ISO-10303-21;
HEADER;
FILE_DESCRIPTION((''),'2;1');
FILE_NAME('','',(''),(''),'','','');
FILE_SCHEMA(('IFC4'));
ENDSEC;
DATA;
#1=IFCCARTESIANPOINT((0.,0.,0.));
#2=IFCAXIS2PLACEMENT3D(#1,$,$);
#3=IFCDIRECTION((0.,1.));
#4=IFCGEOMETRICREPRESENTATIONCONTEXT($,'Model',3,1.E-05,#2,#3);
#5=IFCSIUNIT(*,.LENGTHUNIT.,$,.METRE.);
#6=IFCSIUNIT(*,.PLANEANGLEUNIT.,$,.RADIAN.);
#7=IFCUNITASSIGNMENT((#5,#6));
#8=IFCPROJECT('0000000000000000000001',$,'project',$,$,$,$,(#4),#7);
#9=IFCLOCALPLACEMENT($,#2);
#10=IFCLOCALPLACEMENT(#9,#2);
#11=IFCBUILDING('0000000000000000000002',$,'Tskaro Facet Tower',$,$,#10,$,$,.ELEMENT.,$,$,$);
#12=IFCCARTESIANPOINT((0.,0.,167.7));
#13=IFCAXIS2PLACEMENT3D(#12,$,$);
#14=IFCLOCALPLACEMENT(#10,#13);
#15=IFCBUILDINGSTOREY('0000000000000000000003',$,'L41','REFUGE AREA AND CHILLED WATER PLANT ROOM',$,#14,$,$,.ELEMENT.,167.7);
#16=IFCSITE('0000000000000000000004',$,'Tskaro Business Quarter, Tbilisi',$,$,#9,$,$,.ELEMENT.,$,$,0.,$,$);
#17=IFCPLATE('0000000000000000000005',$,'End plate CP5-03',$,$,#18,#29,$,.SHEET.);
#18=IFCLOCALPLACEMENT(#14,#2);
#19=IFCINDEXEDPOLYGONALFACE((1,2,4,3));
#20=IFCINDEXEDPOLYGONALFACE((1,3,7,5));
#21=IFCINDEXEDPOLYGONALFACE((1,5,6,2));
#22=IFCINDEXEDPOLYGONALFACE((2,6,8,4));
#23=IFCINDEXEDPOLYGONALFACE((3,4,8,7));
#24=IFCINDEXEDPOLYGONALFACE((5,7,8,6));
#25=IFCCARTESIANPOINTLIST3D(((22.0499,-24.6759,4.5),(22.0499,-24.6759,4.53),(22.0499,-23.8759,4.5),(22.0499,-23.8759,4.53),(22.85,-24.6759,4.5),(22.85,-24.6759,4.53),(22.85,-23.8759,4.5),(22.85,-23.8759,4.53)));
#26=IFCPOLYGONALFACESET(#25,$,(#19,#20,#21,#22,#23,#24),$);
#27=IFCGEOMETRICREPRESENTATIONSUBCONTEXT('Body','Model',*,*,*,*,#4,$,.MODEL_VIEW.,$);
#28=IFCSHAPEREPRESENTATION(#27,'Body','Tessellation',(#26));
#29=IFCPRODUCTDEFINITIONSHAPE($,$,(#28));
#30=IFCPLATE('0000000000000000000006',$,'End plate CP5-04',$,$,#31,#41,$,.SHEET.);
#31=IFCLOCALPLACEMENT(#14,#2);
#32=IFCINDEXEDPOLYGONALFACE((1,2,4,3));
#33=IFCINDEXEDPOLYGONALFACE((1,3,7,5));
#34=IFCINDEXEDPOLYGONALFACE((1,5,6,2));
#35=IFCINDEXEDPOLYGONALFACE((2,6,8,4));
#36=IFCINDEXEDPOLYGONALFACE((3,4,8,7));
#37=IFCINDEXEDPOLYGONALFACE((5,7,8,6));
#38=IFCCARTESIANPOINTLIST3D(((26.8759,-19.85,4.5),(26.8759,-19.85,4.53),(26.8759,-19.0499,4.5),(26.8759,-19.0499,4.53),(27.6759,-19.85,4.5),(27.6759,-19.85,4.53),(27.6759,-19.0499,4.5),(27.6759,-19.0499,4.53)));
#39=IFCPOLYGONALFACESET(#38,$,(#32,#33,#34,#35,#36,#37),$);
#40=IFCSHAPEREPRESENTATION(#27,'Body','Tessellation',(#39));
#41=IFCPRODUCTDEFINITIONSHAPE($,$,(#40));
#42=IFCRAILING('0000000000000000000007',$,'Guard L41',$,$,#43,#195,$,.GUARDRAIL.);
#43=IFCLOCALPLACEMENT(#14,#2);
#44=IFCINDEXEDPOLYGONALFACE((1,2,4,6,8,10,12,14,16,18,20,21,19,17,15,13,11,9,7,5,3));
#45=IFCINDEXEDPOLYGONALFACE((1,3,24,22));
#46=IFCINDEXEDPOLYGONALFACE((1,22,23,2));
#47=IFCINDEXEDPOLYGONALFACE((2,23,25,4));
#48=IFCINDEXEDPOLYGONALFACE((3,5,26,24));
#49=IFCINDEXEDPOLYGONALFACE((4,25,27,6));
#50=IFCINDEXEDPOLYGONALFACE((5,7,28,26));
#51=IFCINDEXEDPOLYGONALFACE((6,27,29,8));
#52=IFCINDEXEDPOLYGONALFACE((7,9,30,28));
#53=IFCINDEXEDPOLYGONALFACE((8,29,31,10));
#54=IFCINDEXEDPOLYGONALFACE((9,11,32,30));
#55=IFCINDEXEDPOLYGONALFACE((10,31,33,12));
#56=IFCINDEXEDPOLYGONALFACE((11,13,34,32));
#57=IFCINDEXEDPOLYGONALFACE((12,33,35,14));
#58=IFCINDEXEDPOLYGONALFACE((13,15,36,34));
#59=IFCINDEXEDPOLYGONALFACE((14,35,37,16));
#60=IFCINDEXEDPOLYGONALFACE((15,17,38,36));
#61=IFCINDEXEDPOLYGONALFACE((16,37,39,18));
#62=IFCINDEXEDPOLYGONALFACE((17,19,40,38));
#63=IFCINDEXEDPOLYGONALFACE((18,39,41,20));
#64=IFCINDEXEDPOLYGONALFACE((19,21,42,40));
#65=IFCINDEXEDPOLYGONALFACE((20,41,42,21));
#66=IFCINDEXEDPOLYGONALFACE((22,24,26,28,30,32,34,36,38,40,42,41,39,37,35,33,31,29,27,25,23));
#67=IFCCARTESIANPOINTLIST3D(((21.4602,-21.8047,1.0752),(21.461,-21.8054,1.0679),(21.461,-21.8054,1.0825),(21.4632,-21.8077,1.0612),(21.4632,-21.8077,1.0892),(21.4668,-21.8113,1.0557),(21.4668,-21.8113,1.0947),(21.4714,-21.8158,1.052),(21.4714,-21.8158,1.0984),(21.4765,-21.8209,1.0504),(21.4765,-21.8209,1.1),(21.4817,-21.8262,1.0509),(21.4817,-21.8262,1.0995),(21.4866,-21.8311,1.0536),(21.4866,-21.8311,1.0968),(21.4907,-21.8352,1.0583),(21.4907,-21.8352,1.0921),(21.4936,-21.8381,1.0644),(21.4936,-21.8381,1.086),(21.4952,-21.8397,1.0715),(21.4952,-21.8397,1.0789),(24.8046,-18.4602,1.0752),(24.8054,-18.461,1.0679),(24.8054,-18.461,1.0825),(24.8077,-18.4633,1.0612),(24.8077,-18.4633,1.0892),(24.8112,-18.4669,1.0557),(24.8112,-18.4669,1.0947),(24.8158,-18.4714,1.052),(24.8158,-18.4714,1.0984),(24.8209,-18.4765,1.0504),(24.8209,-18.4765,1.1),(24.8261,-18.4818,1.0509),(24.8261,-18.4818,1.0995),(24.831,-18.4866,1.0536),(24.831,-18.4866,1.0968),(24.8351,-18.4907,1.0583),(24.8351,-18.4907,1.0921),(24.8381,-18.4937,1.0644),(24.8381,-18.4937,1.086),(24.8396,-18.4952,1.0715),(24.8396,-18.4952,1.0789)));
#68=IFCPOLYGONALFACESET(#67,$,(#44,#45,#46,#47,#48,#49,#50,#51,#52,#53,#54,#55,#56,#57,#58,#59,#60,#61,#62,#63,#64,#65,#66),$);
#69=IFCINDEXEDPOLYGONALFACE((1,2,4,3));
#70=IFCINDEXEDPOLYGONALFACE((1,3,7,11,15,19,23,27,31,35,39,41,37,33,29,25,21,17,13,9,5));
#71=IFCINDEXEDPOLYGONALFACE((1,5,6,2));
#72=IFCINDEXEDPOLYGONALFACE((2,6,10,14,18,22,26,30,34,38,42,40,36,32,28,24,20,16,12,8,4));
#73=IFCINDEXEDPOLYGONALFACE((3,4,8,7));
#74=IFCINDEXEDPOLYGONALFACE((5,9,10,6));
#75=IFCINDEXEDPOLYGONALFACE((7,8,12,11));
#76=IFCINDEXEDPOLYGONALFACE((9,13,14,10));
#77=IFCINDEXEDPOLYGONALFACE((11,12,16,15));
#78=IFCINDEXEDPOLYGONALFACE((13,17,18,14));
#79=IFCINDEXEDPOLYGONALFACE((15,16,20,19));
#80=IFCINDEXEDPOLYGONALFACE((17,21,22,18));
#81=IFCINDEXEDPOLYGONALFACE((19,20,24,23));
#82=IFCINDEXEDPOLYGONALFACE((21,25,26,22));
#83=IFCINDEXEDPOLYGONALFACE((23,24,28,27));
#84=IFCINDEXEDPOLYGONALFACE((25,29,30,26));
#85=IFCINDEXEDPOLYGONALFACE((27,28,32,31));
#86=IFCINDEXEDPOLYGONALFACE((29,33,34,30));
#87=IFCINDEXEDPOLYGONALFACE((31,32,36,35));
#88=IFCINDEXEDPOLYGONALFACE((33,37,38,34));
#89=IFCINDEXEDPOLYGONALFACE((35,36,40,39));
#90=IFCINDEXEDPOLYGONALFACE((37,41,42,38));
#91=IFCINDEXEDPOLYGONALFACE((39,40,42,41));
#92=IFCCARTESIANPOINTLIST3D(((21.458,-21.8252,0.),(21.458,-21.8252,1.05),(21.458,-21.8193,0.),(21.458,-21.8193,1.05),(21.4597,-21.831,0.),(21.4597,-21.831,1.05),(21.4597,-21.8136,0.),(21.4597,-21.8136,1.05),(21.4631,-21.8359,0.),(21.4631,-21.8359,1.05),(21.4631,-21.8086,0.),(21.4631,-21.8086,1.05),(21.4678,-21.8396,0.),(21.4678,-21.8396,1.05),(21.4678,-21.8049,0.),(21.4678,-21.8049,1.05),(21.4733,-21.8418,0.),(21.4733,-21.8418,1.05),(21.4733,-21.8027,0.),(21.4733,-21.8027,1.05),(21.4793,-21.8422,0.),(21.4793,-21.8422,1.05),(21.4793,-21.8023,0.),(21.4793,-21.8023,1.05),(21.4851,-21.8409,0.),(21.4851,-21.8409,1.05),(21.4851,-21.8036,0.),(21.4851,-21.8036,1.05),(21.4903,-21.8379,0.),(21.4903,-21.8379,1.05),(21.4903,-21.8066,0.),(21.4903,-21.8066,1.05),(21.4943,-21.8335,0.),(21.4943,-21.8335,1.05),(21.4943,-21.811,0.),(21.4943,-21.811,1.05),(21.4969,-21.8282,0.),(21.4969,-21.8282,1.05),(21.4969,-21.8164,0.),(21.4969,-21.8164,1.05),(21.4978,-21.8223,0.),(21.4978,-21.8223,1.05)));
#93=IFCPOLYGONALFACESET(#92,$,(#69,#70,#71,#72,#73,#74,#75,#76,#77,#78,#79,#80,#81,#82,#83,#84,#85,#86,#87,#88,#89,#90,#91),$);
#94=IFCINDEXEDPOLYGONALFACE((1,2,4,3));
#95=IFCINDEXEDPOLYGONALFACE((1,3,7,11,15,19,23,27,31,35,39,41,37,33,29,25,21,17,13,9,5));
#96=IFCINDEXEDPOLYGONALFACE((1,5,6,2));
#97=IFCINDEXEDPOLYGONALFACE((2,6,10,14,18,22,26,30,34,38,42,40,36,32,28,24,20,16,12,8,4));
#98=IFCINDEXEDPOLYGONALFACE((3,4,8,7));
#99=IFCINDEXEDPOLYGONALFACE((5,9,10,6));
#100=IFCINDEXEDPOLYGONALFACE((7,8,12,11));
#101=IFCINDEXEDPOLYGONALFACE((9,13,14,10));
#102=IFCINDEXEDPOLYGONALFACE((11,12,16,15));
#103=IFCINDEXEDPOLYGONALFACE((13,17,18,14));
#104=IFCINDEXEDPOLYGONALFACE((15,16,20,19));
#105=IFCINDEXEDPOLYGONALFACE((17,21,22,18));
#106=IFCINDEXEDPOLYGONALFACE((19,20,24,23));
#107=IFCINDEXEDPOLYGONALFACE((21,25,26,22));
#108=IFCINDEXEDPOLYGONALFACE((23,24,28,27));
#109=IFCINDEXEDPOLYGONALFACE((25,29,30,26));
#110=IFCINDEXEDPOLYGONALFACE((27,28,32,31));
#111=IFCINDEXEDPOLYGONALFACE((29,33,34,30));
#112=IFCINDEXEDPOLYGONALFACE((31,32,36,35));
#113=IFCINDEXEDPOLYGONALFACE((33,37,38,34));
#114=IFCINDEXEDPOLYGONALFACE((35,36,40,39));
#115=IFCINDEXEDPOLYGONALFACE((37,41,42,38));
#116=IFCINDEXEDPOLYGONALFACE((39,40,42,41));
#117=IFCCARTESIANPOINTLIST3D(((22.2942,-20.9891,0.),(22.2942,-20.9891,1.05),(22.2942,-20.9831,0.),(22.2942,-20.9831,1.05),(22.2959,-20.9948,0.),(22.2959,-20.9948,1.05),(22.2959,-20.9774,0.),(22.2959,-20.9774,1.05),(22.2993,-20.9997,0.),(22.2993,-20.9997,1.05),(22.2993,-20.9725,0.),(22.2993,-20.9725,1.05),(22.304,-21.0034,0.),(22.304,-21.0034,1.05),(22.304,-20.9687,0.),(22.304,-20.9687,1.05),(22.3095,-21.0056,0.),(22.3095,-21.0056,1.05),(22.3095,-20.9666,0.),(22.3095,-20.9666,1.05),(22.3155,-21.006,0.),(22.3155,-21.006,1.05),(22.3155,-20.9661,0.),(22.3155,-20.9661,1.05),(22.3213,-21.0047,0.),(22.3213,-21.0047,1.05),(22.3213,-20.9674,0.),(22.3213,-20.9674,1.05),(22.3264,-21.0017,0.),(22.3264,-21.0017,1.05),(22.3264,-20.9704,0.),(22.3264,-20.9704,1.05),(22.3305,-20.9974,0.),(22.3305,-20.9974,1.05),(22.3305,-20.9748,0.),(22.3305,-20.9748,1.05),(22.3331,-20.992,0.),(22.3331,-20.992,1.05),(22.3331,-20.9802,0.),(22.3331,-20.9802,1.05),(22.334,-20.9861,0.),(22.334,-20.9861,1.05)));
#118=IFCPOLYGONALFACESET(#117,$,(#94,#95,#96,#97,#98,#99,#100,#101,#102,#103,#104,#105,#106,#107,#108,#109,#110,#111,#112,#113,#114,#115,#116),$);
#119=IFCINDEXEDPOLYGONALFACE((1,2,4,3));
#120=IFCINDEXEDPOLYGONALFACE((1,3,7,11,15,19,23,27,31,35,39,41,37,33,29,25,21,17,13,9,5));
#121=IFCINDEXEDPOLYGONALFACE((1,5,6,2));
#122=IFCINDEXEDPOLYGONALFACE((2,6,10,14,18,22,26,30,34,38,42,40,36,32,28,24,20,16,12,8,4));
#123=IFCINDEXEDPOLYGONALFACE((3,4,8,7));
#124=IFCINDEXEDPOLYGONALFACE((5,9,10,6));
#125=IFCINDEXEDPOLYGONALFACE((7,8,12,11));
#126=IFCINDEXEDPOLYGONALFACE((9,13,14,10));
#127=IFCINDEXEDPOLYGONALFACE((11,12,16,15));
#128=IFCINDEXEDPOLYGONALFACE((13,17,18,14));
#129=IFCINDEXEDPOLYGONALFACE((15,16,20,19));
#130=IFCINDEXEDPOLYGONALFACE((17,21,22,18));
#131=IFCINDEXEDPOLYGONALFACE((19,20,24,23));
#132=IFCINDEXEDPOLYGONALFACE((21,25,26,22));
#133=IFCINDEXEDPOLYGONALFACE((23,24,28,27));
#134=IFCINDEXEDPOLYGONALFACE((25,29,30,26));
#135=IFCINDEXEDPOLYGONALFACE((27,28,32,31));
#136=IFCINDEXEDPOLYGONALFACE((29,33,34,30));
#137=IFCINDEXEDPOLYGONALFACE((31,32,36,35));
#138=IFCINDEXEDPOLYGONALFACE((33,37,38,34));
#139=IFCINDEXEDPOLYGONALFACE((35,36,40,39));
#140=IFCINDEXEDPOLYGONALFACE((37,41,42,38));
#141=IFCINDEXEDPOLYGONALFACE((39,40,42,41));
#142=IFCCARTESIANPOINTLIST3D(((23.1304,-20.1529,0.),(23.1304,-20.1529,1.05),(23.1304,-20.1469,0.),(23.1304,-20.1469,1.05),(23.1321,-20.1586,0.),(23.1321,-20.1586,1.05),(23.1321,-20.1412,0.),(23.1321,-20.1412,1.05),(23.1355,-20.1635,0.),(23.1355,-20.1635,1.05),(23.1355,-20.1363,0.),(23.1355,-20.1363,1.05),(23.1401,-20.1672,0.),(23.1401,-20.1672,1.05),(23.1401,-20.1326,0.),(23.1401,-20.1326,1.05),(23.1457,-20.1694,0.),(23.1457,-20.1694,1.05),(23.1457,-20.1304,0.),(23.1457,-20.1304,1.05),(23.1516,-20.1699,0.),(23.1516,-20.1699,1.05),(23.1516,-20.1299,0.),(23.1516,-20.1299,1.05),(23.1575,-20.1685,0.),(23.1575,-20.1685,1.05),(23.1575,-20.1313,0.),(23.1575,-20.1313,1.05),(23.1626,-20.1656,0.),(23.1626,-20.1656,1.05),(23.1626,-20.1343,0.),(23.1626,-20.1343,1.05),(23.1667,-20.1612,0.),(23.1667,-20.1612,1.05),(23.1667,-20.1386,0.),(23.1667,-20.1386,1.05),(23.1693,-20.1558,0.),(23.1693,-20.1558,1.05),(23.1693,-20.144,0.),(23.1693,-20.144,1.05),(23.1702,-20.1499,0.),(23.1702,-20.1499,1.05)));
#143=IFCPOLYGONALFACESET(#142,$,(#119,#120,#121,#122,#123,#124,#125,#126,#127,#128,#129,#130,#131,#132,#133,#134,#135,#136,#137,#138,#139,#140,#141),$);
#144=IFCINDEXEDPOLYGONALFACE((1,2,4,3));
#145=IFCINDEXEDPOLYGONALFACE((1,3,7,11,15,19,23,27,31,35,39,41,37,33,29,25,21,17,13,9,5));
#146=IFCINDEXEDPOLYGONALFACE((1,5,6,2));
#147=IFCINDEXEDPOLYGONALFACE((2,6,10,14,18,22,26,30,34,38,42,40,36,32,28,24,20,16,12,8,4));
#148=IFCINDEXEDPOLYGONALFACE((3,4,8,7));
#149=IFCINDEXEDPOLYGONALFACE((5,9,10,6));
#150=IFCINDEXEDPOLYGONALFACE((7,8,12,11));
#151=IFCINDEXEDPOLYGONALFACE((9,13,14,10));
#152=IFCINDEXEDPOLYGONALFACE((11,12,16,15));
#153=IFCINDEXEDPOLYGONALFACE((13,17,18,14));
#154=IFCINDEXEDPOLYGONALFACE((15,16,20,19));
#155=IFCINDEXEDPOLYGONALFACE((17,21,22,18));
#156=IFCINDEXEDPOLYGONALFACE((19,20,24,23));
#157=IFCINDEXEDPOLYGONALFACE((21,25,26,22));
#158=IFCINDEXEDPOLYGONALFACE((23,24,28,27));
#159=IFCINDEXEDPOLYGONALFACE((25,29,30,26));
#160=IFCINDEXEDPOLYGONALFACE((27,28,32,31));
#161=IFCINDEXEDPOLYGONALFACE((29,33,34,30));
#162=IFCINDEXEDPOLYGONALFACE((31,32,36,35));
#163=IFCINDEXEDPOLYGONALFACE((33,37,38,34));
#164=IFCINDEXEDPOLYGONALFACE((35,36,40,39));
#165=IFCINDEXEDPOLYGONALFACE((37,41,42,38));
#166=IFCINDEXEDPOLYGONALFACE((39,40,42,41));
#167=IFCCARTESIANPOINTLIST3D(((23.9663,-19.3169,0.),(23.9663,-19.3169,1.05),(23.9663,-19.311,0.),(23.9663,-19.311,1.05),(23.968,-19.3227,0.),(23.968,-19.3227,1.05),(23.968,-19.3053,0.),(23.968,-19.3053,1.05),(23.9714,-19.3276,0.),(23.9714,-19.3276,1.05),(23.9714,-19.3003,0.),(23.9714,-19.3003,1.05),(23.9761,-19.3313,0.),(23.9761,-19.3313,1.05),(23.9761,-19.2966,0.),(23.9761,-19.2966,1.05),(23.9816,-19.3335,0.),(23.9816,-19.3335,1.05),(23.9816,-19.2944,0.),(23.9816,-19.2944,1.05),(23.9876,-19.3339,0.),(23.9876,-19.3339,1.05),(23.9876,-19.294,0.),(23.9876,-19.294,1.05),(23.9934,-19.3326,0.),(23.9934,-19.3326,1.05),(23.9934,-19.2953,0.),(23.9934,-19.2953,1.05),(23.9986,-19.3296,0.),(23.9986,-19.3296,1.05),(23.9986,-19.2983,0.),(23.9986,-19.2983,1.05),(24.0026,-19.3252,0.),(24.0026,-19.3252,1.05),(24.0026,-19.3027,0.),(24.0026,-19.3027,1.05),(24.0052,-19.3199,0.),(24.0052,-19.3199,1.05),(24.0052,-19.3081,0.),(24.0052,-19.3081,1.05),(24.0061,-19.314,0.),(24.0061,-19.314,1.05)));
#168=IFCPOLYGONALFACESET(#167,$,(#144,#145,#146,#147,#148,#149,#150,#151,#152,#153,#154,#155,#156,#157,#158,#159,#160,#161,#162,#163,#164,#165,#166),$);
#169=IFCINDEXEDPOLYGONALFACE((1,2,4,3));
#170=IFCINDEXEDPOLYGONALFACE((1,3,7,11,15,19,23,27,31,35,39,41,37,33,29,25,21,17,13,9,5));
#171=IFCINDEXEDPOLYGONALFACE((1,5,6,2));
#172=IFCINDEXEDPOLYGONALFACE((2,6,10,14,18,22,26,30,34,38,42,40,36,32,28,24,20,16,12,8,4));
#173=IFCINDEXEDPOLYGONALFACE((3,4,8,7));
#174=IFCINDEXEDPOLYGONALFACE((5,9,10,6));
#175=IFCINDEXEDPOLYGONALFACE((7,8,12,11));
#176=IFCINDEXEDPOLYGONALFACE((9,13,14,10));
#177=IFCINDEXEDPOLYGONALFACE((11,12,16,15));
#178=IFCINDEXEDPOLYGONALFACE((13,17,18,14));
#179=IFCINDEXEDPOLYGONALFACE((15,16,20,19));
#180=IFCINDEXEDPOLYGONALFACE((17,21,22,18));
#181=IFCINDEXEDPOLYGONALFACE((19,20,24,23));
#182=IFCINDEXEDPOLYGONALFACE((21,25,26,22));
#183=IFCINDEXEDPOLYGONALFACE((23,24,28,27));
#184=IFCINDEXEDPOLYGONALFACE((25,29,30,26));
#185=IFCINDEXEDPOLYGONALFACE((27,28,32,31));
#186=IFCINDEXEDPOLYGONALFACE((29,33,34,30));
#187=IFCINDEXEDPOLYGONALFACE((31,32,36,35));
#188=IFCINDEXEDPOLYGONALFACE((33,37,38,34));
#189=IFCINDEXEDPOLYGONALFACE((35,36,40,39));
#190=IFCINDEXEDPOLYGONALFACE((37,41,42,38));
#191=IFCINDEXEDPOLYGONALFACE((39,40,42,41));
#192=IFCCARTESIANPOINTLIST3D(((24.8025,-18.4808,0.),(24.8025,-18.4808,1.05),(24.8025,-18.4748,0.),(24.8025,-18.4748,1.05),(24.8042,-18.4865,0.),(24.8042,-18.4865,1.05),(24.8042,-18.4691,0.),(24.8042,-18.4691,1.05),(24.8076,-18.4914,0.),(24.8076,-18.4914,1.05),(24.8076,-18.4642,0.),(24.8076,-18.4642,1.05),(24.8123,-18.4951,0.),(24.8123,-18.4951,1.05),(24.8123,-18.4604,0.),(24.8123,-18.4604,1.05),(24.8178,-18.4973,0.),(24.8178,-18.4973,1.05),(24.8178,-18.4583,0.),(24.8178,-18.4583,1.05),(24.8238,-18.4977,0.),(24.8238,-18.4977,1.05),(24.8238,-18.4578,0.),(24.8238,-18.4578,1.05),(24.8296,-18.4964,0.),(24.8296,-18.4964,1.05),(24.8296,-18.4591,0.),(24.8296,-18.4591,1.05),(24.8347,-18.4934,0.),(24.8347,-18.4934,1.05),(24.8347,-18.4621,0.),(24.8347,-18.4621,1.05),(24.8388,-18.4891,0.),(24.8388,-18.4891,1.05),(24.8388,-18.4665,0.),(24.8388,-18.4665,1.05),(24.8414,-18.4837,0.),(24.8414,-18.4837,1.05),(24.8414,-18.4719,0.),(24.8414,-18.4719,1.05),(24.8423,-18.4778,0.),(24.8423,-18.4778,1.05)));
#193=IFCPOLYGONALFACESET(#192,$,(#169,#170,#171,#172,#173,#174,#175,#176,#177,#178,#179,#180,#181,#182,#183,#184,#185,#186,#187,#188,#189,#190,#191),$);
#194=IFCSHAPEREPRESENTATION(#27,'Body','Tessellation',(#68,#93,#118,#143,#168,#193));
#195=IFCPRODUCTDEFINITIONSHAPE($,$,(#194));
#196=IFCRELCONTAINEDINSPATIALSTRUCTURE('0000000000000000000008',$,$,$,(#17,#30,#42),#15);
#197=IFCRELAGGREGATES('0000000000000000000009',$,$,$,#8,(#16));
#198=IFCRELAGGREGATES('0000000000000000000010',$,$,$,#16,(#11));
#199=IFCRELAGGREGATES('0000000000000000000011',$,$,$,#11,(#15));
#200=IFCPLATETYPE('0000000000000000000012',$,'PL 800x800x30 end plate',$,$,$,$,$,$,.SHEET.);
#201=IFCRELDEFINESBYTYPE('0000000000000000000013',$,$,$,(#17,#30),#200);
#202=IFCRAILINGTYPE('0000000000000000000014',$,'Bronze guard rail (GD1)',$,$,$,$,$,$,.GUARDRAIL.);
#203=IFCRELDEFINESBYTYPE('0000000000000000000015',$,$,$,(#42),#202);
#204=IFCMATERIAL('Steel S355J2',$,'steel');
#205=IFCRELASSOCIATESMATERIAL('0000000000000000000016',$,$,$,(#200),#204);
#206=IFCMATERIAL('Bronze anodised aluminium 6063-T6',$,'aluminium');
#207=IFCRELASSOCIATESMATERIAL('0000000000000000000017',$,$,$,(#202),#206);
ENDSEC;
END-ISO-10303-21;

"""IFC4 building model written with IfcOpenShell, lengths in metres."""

from ifc_helpers import new_model, si_unit, direction, frame, origin, origin_2d, place, context, subcontext, project, spatial, rectangle, circle, extrude, material, material_profile, profile_set, type_object, element, save


model = new_model("IFC4")

# Units and contexts
model_context = context("Model", 3, precision=1e-05, world=origin(), true_north=direction((0.0, 1.0)))
body_context = subcontext(model_context, "Body", "Model", "MODEL_VIEW")
ifc_project = project(units=[si_unit("LENGTHUNIT", "METRE"), si_unit("PLANEANGLEUNIT", "RADIAN")], contexts=[model_context])

# Site, building, storey
site_placement = place(None, origin())
site = spatial("IfcSite", under=ifc_project, at=site_placement, Name="Tskaro Business Quarter, Tbilisi", CompositionType="ELEMENT", RefElevation=0.0)
building_placement = place(site_placement, origin())
building = spatial("IfcBuilding", under=site, at=building_placement, Name="Tskaro Facet Tower", CompositionType="ELEMENT")
storey_placement = place(building_placement, frame((0.0, 0.0, 167.7)))
storey = spatial("IfcBuildingStorey", under=building, at=storey_placement, Name="L41", Description="REFUGE AREA AND CHILLED WATER PLANT ROOM", CompositionType="ELEMENT", Elevation=167.7)

# Shared definitions
ifc_material_1 = material(Name="Steel S355J2", Category="steel")

# Plates
ifc_material_profile_1 = material_profile(ifc_material_1, rectangle(XDim=0.8, YDim=0.8, at=origin_2d()), Name="PL 800x800x30 end plate")
ifc_profile_set_1 = profile_set([ifc_material_profile_1], Name="Steel S355J2")
plate_type = type_object("IfcPlateType", Name="PL 800x800x30 end plate", PredefinedType="SHEET", material=ifc_profile_set_1)
for number, where, z_axis, x_axis, name in (
    (1, (22.45, -24.2759, 4.5), (0.0, 0.0, 1.0), (1.0, 0.0, 0.0), "End plate CP5-03"),
    (2, (27.2759, -19.45, 4.5), (0.0, 0.0, 1.0), (1.0, 0.0, 0.0), "End plate CP5-04"),
):
    element("IfcPlate", number, at=place(storey_placement, frame(where, z_axis=z_axis, x_axis=x_axis)), inside=storey, type_object=plate_type, Name=name, PredefinedType="SHEET", context=body_context, shape_type="SweptSolid", body=[
        extrude(rectangle(XDim=0.8, YDim=0.8, at=origin_2d()), origin(), (0.0, 0.0, 1.0), 0.03),
    ])

# Railing
ifc_material_2 = material(Name="Bronze anodised aluminium 6063-T6", Category="aluminium")
railing_type = type_object("IfcRailingType", Name="Bronze guard rail (GD1)", PredefinedType="GUARDRAIL", material=ifc_material_2)
railing_placement = place(storey_placement, frame((21.4778, -21.8223, 0.0)))
element("IfcRailing", 3, at=railing_placement, inside=storey, type_object=railing_type, Name="Guard L41", PredefinedType="GUARDRAIL", context=body_context, shape_type="SweptSolid", body=[
    extrude(circle(Radius=0.0249, at=origin_2d()), frame((0.0, 0.0, 1.0752), z_axis=(0.707107, 0.707107, 0.0), x_axis=(-0.707107, 0.707107, 0.0)), (0.0, 0.0, 1.0), 4.7297),
    extrude(circle(Radius=0.02, at=origin_2d()), origin(), (0.0, 0.0, 1.0), 1.05),
    extrude(circle(Radius=0.02, at=origin_2d()), frame((0.8362, 0.8362, 0.0)), (0.0, 0.0, 1.0), 1.05),
    extrude(circle(Radius=0.02, at=origin_2d()), frame((1.6724, 1.6724, 0.0)), (0.0, 0.0, 1.0), 1.05),
    extrude(circle(Radius=0.02, at=origin_2d()), frame((2.5083, 2.5083, 0.0)), (0.0, 0.0, 1.0), 1.05),
    extrude(circle(Radius=0.02, at=origin_2d()), frame((3.3445, 3.3445, 0.0)), (0.0, 0.0, 1.0), 1.05),
])

save(model, "model.ifc")
